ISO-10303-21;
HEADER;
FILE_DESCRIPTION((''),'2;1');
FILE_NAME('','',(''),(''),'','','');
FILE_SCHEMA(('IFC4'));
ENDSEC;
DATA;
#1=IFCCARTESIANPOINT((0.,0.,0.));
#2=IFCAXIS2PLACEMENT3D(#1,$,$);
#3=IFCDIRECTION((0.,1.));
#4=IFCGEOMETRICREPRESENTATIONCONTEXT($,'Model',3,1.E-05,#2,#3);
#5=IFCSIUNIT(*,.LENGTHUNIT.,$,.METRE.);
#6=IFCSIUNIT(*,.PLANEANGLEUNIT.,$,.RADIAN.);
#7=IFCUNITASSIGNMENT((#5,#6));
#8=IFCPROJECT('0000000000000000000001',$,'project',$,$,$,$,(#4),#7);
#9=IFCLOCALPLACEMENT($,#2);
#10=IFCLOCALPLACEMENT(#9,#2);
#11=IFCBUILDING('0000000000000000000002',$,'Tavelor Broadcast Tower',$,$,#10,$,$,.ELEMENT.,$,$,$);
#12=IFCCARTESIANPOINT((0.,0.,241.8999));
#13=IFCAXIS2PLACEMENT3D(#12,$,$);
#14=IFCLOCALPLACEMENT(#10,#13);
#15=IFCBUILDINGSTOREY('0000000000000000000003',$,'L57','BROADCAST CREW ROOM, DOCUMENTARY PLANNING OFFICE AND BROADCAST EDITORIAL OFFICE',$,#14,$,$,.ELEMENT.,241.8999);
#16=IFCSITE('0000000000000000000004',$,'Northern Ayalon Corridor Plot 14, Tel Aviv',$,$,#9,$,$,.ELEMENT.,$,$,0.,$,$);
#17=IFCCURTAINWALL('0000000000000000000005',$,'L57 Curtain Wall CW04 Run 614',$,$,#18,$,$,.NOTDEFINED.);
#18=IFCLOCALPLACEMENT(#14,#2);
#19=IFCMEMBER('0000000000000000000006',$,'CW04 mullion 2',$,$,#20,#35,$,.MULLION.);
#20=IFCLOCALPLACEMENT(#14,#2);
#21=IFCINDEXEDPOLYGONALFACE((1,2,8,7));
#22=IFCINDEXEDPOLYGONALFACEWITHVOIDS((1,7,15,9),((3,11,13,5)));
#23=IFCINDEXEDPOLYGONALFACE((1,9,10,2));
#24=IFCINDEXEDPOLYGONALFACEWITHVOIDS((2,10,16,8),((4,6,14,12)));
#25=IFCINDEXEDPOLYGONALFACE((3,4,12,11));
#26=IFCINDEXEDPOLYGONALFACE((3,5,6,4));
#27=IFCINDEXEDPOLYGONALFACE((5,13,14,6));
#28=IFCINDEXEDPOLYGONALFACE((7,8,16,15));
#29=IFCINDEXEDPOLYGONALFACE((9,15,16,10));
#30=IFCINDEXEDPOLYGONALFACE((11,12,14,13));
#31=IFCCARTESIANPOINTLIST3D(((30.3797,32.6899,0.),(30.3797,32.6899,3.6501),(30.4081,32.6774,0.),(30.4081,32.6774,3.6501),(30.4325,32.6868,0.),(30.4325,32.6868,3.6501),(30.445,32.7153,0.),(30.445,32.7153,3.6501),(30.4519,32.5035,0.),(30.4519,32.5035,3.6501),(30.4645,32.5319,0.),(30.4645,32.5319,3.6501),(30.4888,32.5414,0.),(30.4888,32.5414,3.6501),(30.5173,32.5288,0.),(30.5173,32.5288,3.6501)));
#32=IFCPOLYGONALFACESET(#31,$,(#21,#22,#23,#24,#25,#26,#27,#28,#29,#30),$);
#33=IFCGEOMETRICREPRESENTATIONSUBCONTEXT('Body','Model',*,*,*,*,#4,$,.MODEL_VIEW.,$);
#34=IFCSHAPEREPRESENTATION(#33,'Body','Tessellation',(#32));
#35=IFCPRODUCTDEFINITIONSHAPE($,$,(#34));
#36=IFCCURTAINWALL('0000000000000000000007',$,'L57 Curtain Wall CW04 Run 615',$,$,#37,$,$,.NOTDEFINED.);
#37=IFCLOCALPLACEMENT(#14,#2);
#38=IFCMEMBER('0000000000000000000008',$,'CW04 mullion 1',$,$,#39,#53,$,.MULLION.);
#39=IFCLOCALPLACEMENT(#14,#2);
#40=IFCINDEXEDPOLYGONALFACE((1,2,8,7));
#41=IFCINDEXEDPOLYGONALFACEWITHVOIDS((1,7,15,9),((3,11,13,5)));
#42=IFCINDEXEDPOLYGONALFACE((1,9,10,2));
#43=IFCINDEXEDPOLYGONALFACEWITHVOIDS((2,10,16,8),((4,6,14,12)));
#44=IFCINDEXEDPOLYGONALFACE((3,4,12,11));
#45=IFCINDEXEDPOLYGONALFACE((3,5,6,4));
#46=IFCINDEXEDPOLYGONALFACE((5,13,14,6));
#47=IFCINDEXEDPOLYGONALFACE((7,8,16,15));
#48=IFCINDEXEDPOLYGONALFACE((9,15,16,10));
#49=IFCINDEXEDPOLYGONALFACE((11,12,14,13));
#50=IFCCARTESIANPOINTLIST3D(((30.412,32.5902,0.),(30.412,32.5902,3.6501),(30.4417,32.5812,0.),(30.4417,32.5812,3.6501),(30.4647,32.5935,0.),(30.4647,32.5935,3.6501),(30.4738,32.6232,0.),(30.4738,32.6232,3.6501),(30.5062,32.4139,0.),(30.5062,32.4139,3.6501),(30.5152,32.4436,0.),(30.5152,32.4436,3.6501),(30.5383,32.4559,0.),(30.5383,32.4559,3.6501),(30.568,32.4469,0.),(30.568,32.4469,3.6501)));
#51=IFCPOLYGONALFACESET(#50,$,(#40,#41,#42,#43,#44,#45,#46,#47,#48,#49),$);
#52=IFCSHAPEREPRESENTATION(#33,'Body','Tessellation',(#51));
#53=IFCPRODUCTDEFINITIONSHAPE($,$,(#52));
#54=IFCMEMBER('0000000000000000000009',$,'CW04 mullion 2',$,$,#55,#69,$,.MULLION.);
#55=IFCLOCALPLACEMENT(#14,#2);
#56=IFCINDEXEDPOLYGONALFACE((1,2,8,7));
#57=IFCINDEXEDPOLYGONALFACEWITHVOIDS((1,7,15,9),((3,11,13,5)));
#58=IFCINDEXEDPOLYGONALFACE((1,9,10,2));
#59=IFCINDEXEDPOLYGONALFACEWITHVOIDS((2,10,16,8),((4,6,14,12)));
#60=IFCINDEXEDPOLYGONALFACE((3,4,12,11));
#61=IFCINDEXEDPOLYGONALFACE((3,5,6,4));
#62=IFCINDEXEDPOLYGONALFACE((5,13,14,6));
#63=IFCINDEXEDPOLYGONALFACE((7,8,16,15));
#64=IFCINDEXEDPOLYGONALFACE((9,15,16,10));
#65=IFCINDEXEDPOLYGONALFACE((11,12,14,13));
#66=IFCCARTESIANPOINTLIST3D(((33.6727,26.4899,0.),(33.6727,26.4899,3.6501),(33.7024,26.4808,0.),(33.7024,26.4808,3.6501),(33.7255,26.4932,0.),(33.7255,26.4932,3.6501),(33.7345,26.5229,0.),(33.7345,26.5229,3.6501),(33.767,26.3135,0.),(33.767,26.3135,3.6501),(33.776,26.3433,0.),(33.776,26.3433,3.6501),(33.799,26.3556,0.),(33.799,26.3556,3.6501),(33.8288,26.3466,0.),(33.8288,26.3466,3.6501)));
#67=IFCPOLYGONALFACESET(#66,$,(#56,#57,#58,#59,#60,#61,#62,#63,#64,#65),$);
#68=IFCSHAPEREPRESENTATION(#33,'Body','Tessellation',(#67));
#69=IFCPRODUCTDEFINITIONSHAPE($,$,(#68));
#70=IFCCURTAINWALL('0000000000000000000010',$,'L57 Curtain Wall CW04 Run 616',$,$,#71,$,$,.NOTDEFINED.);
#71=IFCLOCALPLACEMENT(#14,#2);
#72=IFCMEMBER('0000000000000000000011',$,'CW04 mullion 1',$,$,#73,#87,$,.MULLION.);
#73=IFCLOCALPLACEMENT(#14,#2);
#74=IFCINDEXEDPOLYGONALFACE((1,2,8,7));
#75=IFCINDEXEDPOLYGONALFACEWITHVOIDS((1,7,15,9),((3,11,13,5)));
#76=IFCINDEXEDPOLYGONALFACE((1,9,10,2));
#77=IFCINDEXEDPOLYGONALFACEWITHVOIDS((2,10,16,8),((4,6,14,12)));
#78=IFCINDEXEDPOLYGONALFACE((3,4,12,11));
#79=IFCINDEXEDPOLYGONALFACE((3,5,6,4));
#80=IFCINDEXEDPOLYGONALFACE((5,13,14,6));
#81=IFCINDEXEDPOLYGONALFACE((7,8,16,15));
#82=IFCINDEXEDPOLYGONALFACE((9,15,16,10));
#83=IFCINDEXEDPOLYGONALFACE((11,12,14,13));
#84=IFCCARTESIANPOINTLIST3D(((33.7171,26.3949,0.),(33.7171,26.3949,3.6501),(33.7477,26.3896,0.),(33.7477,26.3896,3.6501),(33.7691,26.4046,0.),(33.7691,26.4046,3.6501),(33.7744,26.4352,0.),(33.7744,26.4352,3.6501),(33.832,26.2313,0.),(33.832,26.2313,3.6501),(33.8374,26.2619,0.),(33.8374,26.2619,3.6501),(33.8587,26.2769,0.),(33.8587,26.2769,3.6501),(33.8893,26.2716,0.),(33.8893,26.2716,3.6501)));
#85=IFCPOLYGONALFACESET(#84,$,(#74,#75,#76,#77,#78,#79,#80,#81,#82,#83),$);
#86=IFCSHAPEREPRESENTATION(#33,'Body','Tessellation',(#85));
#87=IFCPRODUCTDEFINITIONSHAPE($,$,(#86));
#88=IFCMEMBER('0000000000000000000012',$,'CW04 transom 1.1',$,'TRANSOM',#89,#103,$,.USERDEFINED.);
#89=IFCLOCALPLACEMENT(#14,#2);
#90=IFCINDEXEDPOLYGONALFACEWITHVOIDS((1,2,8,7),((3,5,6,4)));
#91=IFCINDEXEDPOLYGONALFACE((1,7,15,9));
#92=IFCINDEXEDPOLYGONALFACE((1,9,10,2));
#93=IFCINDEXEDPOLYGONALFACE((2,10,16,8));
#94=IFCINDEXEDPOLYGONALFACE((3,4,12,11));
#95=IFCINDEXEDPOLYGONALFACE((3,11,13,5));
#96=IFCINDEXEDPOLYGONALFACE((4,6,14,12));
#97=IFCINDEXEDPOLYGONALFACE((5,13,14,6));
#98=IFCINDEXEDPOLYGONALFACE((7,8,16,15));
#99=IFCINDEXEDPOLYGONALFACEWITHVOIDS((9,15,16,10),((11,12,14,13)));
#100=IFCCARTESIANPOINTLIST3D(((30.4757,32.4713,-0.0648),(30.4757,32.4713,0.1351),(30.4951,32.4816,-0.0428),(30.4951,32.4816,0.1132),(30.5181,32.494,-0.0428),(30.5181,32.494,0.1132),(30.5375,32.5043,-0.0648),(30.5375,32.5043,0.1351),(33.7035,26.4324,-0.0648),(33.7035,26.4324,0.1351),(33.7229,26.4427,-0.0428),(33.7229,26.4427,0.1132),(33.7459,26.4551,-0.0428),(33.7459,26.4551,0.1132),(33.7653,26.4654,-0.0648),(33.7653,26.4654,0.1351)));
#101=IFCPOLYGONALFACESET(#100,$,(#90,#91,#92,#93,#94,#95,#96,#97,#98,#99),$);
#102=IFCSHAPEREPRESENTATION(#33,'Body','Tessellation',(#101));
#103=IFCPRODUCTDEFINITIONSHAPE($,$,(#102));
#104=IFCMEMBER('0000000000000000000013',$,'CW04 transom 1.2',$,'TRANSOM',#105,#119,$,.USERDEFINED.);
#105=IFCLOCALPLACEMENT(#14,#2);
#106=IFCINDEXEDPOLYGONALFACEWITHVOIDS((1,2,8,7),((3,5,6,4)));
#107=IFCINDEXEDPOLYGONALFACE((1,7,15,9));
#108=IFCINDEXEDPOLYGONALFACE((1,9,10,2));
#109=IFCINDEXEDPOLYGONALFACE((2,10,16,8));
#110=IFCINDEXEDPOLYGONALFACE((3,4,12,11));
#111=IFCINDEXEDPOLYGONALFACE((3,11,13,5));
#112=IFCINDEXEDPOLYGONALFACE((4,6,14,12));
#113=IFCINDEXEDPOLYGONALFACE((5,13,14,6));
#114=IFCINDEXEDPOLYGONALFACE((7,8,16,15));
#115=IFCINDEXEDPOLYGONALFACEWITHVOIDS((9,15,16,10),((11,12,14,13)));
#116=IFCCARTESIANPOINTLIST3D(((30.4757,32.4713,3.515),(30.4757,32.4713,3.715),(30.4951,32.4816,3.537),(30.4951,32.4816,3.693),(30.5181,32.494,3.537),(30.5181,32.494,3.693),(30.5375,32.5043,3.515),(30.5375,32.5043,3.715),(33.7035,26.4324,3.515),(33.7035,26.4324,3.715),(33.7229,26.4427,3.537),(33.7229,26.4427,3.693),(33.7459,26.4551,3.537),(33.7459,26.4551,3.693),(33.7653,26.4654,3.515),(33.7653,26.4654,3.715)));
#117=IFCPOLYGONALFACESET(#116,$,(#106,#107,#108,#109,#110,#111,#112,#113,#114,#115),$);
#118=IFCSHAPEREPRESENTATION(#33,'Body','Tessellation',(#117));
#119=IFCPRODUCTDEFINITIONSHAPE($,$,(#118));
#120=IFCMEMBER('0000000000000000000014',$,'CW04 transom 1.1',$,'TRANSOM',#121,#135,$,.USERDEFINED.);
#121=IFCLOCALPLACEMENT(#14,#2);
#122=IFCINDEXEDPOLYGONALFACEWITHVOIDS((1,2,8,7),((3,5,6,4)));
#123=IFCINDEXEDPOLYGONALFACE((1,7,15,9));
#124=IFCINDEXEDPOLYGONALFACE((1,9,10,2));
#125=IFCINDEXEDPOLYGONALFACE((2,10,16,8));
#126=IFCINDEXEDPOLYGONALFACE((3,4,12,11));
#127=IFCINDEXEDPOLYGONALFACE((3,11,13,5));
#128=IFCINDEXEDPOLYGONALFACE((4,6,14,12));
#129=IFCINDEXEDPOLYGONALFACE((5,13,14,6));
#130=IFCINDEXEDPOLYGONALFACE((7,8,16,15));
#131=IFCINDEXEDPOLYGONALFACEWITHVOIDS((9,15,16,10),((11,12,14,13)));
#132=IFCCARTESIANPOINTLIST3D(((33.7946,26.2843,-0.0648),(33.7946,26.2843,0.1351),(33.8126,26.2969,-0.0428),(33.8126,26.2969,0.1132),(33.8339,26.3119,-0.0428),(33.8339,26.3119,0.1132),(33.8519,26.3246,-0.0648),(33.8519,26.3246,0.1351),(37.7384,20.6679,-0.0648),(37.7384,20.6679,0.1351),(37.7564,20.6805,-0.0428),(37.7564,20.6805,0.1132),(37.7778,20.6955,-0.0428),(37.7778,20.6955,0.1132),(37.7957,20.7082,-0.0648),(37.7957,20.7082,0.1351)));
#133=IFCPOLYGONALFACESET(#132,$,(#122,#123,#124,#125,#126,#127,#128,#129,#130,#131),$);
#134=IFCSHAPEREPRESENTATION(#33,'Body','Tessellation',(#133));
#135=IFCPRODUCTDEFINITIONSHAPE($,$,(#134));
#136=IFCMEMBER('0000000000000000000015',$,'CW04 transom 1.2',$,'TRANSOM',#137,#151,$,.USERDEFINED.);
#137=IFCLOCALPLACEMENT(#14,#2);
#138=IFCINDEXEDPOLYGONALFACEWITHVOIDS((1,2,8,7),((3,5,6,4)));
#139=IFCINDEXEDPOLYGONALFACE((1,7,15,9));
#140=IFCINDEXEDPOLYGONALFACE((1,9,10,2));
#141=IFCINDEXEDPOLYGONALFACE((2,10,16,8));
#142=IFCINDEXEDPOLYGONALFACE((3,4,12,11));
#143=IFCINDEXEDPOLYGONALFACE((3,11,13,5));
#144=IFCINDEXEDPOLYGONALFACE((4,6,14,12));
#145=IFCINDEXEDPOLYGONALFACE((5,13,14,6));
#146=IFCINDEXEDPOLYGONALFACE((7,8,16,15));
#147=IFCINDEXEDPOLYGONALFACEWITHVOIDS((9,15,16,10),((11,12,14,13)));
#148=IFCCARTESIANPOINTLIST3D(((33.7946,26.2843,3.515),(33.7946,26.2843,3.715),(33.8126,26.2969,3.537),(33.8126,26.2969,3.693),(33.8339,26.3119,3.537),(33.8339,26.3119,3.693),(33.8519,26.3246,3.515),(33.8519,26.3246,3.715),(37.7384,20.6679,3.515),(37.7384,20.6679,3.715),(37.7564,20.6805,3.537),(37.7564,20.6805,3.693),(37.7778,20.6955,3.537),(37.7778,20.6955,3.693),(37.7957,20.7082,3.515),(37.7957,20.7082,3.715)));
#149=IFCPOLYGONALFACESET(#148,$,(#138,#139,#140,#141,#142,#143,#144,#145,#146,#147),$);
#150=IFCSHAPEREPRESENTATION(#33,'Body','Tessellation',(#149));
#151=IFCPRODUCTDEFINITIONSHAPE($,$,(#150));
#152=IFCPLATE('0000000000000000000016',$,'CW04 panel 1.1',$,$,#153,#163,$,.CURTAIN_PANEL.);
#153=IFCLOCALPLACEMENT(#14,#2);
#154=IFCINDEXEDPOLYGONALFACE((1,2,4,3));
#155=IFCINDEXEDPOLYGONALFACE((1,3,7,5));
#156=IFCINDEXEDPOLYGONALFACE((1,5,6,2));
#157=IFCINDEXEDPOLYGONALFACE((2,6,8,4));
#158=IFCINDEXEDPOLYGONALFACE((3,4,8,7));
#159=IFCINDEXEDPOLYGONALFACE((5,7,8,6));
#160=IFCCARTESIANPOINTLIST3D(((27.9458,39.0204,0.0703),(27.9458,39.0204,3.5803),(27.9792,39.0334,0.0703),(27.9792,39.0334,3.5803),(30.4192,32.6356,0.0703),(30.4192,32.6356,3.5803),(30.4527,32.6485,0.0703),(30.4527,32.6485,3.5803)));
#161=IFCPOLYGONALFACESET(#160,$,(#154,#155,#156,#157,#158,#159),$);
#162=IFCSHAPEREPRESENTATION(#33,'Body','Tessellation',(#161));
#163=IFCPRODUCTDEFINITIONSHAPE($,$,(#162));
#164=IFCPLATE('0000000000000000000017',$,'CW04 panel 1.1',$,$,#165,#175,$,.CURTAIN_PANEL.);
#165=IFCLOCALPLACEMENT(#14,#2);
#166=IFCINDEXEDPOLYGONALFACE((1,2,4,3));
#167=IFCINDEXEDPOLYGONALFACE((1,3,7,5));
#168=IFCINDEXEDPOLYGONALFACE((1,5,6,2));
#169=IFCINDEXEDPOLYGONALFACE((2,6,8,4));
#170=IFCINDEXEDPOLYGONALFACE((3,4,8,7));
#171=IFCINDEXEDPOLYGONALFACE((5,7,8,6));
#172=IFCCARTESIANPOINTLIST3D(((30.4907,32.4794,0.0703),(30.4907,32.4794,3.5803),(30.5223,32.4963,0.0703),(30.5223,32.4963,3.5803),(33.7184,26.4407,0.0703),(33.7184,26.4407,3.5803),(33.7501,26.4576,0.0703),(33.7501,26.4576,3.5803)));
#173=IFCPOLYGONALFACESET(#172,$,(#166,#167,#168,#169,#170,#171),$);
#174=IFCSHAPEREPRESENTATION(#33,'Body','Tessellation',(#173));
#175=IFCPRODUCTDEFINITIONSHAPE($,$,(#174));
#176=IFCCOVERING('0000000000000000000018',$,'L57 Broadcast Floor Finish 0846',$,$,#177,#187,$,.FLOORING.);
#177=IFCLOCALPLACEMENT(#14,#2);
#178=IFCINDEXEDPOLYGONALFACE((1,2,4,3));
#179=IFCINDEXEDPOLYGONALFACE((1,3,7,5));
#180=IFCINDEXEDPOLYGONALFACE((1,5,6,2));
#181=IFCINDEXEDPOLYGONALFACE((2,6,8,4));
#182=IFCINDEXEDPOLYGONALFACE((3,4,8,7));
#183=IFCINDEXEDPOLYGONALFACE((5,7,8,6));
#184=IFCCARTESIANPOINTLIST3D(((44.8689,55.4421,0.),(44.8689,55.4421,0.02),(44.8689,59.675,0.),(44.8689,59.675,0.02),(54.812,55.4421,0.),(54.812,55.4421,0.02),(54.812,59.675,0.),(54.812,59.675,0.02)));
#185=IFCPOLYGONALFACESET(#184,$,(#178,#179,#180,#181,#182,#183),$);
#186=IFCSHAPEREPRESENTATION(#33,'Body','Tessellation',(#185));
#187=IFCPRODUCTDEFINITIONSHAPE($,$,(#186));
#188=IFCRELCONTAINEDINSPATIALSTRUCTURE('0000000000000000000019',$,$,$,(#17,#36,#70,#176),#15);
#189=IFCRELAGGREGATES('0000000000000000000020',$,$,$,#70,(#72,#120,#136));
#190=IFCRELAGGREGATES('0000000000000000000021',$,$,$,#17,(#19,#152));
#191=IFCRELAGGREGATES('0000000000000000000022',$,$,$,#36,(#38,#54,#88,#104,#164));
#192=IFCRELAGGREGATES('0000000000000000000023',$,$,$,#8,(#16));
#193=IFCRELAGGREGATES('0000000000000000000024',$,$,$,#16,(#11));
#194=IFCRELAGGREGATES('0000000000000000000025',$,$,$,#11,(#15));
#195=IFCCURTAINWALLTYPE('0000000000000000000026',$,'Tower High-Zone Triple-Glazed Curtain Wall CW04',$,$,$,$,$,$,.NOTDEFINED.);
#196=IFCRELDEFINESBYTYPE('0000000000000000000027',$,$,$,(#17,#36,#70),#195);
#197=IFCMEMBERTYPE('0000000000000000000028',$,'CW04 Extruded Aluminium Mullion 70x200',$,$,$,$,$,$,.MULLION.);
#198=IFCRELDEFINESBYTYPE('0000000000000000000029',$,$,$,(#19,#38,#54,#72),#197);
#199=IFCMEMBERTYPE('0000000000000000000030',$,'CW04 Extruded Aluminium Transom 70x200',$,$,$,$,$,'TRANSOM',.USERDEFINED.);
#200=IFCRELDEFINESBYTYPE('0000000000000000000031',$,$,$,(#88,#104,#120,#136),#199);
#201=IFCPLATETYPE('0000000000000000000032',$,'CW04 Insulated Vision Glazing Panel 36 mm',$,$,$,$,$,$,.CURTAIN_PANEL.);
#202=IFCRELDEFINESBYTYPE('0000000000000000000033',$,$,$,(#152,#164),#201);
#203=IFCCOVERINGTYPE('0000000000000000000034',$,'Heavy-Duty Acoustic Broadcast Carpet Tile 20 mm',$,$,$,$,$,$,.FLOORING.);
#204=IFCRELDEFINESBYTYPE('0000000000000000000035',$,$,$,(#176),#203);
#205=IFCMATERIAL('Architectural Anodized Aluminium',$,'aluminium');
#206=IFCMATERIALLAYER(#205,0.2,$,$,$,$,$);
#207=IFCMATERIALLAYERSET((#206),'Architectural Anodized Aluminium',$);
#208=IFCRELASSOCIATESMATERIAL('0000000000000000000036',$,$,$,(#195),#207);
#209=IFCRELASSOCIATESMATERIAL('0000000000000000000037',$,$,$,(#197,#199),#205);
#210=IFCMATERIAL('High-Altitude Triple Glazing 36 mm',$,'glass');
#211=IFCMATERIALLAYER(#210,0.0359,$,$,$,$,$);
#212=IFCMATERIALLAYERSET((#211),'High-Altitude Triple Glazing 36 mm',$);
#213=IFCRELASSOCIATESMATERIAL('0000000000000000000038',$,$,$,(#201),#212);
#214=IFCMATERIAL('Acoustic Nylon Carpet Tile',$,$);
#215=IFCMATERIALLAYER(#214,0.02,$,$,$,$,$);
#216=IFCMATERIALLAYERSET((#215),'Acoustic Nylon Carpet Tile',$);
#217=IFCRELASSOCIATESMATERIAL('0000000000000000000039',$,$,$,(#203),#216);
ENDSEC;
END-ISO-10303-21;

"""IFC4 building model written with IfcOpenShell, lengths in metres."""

from ifc_helpers import new_model, si_unit, direction, frame, origin, origin_2d, place, context, subcontext, project, spatial, polyline, rectangle, hollow_rectangle, outline, extrude, source, transform, mapped, material, layer, layer_set, material_profile, profile_set, type_object, type_shapes, element, aggregate, save


model = new_model("IFC4")

# Units and contexts
model_context = context("Model", 3, precision=1e-05, world=origin(), true_north=direction((0.0, 1.0)))
body_context = subcontext(model_context, "Body", "Model", "MODEL_VIEW")
ifc_project = project(units=[si_unit("LENGTHUNIT", "METRE"), si_unit("PLANEANGLEUNIT", "RADIAN")], contexts=[model_context])

# Site, building, storey
site_placement = place(None, origin())
site = spatial("IfcSite", under=ifc_project, at=site_placement, Name="Northern Ayalon Corridor Plot 14, Tel Aviv", CompositionType="ELEMENT", RefElevation=0.0)
building_placement = place(site_placement, origin())
building = spatial("IfcBuilding", under=site, at=building_placement, Name="Tavelor Broadcast Tower", CompositionType="ELEMENT")
storey_placement = place(building_placement, frame((0.0, 0.0, 241.8999)))
storey = spatial("IfcBuildingStorey", under=building, at=storey_placement, Name="L57", Description="BROADCAST CREW ROOM, DOCUMENTARY PLANNING OFFICE AND BROADCAST EDITORIAL OFFICE", CompositionType="ELEMENT", Elevation=241.8999)

# Curtain wall, member
ifc_material_1 = material(Name="Architectural Anodized Aluminium", Category="aluminium")
ifc_layer_1 = layer(ifc_material_1, 0.2)
ifc_layer_set_1 = layer_set([ifc_layer_1], Name="Architectural Anodized Aluminium")
curtain_wall_type = type_object("IfcCurtainWallType", Name="Tower High-Zone Triple-Glazed Curtain Wall CW04", PredefinedType="NOTDEFINED", material=ifc_layer_set_1)
curtain_wall_1_placement = place(storey_placement, origin())
curtain_wall_1 = element("IfcCurtainWall", 1, at=curtain_wall_1_placement, inside=storey, type_object=curtain_wall_type, Name="L57 Curtain Wall CW04 Run 614", PredefinedType="NOTDEFINED")
ifc_material_profile_1 = material_profile(ifc_material_1, hollow_rectangle(XDim=0.0701, YDim=0.2, WallThickness=0.022, at=origin_2d()), Name="RHS 70x200x22")
ifc_profile_set_1 = profile_set([ifc_material_profile_1], Name="Architectural Anodized Aluminium")
member_type_1 = type_object("IfcMemberType", Name="CW04 Extruded Aluminium Mullion 70x200", PredefinedType="MULLION", material=ifc_profile_set_1)
shared_shape_1 = source(origin(), body_context, "Body", "SweptSolid", [
    extrude(hollow_rectangle(XDim=0.0701, YDim=0.2, WallThickness=0.022, at=origin_2d()), origin(), (0.0, 0.0, 1.0), 3.6501),
])
type_shapes(member_type_1, [shared_shape_1])
member_1_placement = place(storey_placement, frame((30.4485, 32.6094, 0.0), z_axis=(0.0, 0.0, 1.0), x_axis=(0.932476, 0.361232, 0.0)))
member_1 = element("IfcMember", 2, at=member_1_placement, type_object=member_type_1, Name="CW04 mullion 2", PredefinedType="MULLION", context=body_context, shape_type="MappedRepresentation", body=[
    mapped(shared_shape_1, transform((0.0, 0.0, 0.0), scale=1.0)),
])

# Curtain wall, members
curtain_wall_2_placement = place(storey_placement, origin())
curtain_wall_2 = element("IfcCurtainWall", 3, at=curtain_wall_2_placement, inside=storey, type_object=curtain_wall_type, Name="L57 Curtain Wall CW04 Run 615", PredefinedType="NOTDEFINED")
member_2_placement = place(storey_placement, frame((30.49, 32.5186, 0.0), z_axis=(0.0, 0.0, 1.0), x_axis=(0.881919, 0.471401, 0.0)))
member_2 = element("IfcMember", 4, at=member_2_placement, type_object=member_type_1, Name="CW04 mullion 1", PredefinedType="MULLION", context=body_context, shape_type="MappedRepresentation", body=[
    mapped(shared_shape_1, transform((0.0, 0.0, 0.0), scale=1.0)),
])
member_3_placement = place(storey_placement, frame((33.7507, 26.4182, 0.0), z_axis=(0.0, 0.0, 1.0), x_axis=(0.881919, 0.471401, 0.0)))
member_3 = element("IfcMember", 5, at=member_3_placement, type_object=member_type_1, Name="CW04 mullion 2", PredefinedType="MULLION", context=body_context, shape_type="MappedRepresentation", body=[
    mapped(shared_shape_1, transform((0.0, 0.0, 0.0), scale=1.0)),
])

# Curtain wall, member
curtain_wall_3_placement = place(storey_placement, origin())
curtain_wall_3 = element("IfcCurtainWall", 6, at=curtain_wall_3_placement, inside=storey, type_object=curtain_wall_type, Name="L57 Curtain Wall CW04 Run 616", PredefinedType="NOTDEFINED")
member_4_placement = place(storey_placement, frame((33.8032, 26.3333, 0.0), z_axis=(0.0, 0.0, 1.0), x_axis=(0.818388, 0.574665, 0.0)))
member_4 = element("IfcMember", 7, at=member_4_placement, type_object=member_type_1, Name="CW04 mullion 1", PredefinedType="MULLION", context=body_context, shape_type="MappedRepresentation", body=[
    mapped(shared_shape_1, transform((0.0, 0.0, 0.0), scale=1.0)),
])

# Members
ifc_material_profile_2 = material_profile(ifc_material_1, hollow_rectangle(XDim=0.0701, YDim=0.2, WallThickness=0.022, at=origin_2d()), Name="RHS 70x200x22")
ifc_profile_set_2 = profile_set([ifc_material_profile_2], Name="Architectural Anodized Aluminium")
member_type_2 = type_object("IfcMemberType", Name="CW04 Extruded Aluminium Transom 70x200", ElementType="TRANSOM", PredefinedType="USERDEFINED", material=ifc_profile_set_2)
shared_shape_2 = source(origin(), body_context, "Body", "SweptSolid", [
    extrude(hollow_rectangle(XDim=0.0701, YDim=0.2, WallThickness=0.022, at=origin_2d()), origin(), (0.0, 0.0, 1.0), 6.8474),
])
member_5_placement = place(storey_placement, frame((30.5066, 32.4878, 0.0352), z_axis=(0.471393, -0.881923, 0.0), x_axis=(0.881923, 0.471393, 0.0)))
member_5 = element("IfcMember", 8, at=member_5_placement, type_object=member_type_2, Name="CW04 transom 1.1", ObjectType="TRANSOM", PredefinedType="USERDEFINED", context=body_context, shape_type="MappedRepresentation", body=[
    mapped(shared_shape_2, transform((0.0, 0.0, 0.0), scale=1.0)),
])
member_6_placement = place(storey_placement, frame((30.5066, 32.4878, 3.615), z_axis=(0.471393, -0.881923, 0.0), x_axis=(0.881923, 0.471393, 0.0)))
member_6 = element("IfcMember", 9, at=member_6_placement, type_object=member_type_2, Name="CW04 transom 1.2", ObjectType="TRANSOM", PredefinedType="USERDEFINED", context=body_context, shape_type="MappedRepresentation", body=[
    mapped(shared_shape_2, transform((0.0, 0.0, 0.0), scale=1.0)),
])
shared_shape_3 = source(origin(), body_context, "Body", "SweptSolid", [
    extrude(hollow_rectangle(XDim=0.0701, YDim=0.2, WallThickness=0.022, at=origin_2d()), origin(), (0.0, 0.0, 1.0), 6.8628),
])
type_shapes(member_type_2, [shared_shape_2, shared_shape_3])
member_7_placement = place(storey_placement, frame((33.8232, 26.3044, 0.0352), z_axis=(0.574667, -0.818387, 0.0), x_axis=(0.818387, 0.574667, 0.0)))
member_7 = element("IfcMember", 10, at=member_7_placement, type_object=member_type_2, Name="CW04 transom 1.1", ObjectType="TRANSOM", PredefinedType="USERDEFINED", context=body_context, shape_type="MappedRepresentation", body=[
    mapped(shared_shape_3, transform((0.0, 0.0, 0.0), scale=1.0)),
])
member_8_placement = place(storey_placement, frame((33.8232, 26.3044, 3.615), z_axis=(0.574667, -0.818387, 0.0), x_axis=(0.818387, 0.574667, 0.0)))
member_8 = element("IfcMember", 11, at=member_8_placement, type_object=member_type_2, Name="CW04 transom 1.2", ObjectType="TRANSOM", PredefinedType="USERDEFINED", context=body_context, shape_type="MappedRepresentation", body=[
    mapped(shared_shape_3, transform((0.0, 0.0, 0.0), scale=1.0)),
])
aggregate(curtain_wall_3, [member_4, member_7, member_8])

# Plates
ifc_material_2 = material(Name="High-Altitude Triple Glazing 36 mm", Category="glass")
ifc_layer_2 = layer(ifc_material_2, 0.0359)
ifc_layer_set_2 = layer_set([ifc_layer_2], Name="High-Altitude Triple Glazing 36 mm")
plate_type = type_object("IfcPlateType", Name="CW04 Insulated Vision Glazing Panel 36 mm", PredefinedType="CURTAIN_PANEL", material=ifc_layer_set_2)
shared_shape_4 = source(origin(), body_context, "Body", "SweptSolid", [
    extrude(rectangle(XDim=6.8472, YDim=0.0359, at=origin_2d()), origin(), (0.0, 0.0, 1.0), 3.51),
])
type_shapes(plate_type, [shared_shape_4])
plate_1_placement = place(storey_placement, frame((29.1992, 35.8345, 0.0703), z_axis=(0.0, 0.0, 1.0), x_axis=(0.361232, -0.932476, 0.0)))
plate_1 = element("IfcPlate", 12, at=plate_1_placement, type_object=plate_type, Name="CW04 panel 1.1", PredefinedType="CURTAIN_PANEL", context=body_context, shape_type="MappedRepresentation", body=[
    mapped(shared_shape_4, transform((0.0, 0.0, 0.0), scale=1.0)),
])
aggregate(curtain_wall_1, [member_1, plate_1])
plate_2_placement = place(storey_placement, frame((32.1204, 29.4685, 0.0703), z_axis=(0.0, 0.0, 1.0), x_axis=(0.471401, -0.881919, 0.0)))
plate_2 = element("IfcPlate", 13, at=plate_2_placement, type_object=plate_type, Name="CW04 panel 1.1", PredefinedType="CURTAIN_PANEL", context=body_context, shape_type="MappedRepresentation", body=[
    mapped(shared_shape_4, transform((0.0, 0.0, 0.0), scale=1.0)),
])
aggregate(curtain_wall_2, [member_2, member_3, member_5, member_6, plate_2])

# Covering
ifc_material_3 = material(Name="Acoustic Nylon Carpet Tile")
ifc_layer_3 = layer(ifc_material_3, 0.02)
ifc_layer_set_3 = layer_set([ifc_layer_3], Name="Acoustic Nylon Carpet Tile")
covering_type_1 = type_object("IfcCoveringType", Name="Heavy-Duty Acoustic Broadcast Carpet Tile 20 mm", PredefinedType="FLOORING", material=ifc_layer_set_3)
covering_1_placement = place(storey_placement, origin())
element("IfcCovering", 14, at=covering_1_placement, inside=storey, type_object=covering_type_1, Name="L57 Broadcast Floor Finish 0846", PredefinedType="FLOORING", context=body_context, shape_type="SweptSolid", body=[
    extrude(outline(polyline([(44.8689, 55.4421), (54.812, 55.4421), (54.812, 59.675), (44.8689, 59.675), (44.8689, 55.4421)])), origin(), (0.0, 0.0, 1.0), 0.02),
])

save(model, "model.ifc")
